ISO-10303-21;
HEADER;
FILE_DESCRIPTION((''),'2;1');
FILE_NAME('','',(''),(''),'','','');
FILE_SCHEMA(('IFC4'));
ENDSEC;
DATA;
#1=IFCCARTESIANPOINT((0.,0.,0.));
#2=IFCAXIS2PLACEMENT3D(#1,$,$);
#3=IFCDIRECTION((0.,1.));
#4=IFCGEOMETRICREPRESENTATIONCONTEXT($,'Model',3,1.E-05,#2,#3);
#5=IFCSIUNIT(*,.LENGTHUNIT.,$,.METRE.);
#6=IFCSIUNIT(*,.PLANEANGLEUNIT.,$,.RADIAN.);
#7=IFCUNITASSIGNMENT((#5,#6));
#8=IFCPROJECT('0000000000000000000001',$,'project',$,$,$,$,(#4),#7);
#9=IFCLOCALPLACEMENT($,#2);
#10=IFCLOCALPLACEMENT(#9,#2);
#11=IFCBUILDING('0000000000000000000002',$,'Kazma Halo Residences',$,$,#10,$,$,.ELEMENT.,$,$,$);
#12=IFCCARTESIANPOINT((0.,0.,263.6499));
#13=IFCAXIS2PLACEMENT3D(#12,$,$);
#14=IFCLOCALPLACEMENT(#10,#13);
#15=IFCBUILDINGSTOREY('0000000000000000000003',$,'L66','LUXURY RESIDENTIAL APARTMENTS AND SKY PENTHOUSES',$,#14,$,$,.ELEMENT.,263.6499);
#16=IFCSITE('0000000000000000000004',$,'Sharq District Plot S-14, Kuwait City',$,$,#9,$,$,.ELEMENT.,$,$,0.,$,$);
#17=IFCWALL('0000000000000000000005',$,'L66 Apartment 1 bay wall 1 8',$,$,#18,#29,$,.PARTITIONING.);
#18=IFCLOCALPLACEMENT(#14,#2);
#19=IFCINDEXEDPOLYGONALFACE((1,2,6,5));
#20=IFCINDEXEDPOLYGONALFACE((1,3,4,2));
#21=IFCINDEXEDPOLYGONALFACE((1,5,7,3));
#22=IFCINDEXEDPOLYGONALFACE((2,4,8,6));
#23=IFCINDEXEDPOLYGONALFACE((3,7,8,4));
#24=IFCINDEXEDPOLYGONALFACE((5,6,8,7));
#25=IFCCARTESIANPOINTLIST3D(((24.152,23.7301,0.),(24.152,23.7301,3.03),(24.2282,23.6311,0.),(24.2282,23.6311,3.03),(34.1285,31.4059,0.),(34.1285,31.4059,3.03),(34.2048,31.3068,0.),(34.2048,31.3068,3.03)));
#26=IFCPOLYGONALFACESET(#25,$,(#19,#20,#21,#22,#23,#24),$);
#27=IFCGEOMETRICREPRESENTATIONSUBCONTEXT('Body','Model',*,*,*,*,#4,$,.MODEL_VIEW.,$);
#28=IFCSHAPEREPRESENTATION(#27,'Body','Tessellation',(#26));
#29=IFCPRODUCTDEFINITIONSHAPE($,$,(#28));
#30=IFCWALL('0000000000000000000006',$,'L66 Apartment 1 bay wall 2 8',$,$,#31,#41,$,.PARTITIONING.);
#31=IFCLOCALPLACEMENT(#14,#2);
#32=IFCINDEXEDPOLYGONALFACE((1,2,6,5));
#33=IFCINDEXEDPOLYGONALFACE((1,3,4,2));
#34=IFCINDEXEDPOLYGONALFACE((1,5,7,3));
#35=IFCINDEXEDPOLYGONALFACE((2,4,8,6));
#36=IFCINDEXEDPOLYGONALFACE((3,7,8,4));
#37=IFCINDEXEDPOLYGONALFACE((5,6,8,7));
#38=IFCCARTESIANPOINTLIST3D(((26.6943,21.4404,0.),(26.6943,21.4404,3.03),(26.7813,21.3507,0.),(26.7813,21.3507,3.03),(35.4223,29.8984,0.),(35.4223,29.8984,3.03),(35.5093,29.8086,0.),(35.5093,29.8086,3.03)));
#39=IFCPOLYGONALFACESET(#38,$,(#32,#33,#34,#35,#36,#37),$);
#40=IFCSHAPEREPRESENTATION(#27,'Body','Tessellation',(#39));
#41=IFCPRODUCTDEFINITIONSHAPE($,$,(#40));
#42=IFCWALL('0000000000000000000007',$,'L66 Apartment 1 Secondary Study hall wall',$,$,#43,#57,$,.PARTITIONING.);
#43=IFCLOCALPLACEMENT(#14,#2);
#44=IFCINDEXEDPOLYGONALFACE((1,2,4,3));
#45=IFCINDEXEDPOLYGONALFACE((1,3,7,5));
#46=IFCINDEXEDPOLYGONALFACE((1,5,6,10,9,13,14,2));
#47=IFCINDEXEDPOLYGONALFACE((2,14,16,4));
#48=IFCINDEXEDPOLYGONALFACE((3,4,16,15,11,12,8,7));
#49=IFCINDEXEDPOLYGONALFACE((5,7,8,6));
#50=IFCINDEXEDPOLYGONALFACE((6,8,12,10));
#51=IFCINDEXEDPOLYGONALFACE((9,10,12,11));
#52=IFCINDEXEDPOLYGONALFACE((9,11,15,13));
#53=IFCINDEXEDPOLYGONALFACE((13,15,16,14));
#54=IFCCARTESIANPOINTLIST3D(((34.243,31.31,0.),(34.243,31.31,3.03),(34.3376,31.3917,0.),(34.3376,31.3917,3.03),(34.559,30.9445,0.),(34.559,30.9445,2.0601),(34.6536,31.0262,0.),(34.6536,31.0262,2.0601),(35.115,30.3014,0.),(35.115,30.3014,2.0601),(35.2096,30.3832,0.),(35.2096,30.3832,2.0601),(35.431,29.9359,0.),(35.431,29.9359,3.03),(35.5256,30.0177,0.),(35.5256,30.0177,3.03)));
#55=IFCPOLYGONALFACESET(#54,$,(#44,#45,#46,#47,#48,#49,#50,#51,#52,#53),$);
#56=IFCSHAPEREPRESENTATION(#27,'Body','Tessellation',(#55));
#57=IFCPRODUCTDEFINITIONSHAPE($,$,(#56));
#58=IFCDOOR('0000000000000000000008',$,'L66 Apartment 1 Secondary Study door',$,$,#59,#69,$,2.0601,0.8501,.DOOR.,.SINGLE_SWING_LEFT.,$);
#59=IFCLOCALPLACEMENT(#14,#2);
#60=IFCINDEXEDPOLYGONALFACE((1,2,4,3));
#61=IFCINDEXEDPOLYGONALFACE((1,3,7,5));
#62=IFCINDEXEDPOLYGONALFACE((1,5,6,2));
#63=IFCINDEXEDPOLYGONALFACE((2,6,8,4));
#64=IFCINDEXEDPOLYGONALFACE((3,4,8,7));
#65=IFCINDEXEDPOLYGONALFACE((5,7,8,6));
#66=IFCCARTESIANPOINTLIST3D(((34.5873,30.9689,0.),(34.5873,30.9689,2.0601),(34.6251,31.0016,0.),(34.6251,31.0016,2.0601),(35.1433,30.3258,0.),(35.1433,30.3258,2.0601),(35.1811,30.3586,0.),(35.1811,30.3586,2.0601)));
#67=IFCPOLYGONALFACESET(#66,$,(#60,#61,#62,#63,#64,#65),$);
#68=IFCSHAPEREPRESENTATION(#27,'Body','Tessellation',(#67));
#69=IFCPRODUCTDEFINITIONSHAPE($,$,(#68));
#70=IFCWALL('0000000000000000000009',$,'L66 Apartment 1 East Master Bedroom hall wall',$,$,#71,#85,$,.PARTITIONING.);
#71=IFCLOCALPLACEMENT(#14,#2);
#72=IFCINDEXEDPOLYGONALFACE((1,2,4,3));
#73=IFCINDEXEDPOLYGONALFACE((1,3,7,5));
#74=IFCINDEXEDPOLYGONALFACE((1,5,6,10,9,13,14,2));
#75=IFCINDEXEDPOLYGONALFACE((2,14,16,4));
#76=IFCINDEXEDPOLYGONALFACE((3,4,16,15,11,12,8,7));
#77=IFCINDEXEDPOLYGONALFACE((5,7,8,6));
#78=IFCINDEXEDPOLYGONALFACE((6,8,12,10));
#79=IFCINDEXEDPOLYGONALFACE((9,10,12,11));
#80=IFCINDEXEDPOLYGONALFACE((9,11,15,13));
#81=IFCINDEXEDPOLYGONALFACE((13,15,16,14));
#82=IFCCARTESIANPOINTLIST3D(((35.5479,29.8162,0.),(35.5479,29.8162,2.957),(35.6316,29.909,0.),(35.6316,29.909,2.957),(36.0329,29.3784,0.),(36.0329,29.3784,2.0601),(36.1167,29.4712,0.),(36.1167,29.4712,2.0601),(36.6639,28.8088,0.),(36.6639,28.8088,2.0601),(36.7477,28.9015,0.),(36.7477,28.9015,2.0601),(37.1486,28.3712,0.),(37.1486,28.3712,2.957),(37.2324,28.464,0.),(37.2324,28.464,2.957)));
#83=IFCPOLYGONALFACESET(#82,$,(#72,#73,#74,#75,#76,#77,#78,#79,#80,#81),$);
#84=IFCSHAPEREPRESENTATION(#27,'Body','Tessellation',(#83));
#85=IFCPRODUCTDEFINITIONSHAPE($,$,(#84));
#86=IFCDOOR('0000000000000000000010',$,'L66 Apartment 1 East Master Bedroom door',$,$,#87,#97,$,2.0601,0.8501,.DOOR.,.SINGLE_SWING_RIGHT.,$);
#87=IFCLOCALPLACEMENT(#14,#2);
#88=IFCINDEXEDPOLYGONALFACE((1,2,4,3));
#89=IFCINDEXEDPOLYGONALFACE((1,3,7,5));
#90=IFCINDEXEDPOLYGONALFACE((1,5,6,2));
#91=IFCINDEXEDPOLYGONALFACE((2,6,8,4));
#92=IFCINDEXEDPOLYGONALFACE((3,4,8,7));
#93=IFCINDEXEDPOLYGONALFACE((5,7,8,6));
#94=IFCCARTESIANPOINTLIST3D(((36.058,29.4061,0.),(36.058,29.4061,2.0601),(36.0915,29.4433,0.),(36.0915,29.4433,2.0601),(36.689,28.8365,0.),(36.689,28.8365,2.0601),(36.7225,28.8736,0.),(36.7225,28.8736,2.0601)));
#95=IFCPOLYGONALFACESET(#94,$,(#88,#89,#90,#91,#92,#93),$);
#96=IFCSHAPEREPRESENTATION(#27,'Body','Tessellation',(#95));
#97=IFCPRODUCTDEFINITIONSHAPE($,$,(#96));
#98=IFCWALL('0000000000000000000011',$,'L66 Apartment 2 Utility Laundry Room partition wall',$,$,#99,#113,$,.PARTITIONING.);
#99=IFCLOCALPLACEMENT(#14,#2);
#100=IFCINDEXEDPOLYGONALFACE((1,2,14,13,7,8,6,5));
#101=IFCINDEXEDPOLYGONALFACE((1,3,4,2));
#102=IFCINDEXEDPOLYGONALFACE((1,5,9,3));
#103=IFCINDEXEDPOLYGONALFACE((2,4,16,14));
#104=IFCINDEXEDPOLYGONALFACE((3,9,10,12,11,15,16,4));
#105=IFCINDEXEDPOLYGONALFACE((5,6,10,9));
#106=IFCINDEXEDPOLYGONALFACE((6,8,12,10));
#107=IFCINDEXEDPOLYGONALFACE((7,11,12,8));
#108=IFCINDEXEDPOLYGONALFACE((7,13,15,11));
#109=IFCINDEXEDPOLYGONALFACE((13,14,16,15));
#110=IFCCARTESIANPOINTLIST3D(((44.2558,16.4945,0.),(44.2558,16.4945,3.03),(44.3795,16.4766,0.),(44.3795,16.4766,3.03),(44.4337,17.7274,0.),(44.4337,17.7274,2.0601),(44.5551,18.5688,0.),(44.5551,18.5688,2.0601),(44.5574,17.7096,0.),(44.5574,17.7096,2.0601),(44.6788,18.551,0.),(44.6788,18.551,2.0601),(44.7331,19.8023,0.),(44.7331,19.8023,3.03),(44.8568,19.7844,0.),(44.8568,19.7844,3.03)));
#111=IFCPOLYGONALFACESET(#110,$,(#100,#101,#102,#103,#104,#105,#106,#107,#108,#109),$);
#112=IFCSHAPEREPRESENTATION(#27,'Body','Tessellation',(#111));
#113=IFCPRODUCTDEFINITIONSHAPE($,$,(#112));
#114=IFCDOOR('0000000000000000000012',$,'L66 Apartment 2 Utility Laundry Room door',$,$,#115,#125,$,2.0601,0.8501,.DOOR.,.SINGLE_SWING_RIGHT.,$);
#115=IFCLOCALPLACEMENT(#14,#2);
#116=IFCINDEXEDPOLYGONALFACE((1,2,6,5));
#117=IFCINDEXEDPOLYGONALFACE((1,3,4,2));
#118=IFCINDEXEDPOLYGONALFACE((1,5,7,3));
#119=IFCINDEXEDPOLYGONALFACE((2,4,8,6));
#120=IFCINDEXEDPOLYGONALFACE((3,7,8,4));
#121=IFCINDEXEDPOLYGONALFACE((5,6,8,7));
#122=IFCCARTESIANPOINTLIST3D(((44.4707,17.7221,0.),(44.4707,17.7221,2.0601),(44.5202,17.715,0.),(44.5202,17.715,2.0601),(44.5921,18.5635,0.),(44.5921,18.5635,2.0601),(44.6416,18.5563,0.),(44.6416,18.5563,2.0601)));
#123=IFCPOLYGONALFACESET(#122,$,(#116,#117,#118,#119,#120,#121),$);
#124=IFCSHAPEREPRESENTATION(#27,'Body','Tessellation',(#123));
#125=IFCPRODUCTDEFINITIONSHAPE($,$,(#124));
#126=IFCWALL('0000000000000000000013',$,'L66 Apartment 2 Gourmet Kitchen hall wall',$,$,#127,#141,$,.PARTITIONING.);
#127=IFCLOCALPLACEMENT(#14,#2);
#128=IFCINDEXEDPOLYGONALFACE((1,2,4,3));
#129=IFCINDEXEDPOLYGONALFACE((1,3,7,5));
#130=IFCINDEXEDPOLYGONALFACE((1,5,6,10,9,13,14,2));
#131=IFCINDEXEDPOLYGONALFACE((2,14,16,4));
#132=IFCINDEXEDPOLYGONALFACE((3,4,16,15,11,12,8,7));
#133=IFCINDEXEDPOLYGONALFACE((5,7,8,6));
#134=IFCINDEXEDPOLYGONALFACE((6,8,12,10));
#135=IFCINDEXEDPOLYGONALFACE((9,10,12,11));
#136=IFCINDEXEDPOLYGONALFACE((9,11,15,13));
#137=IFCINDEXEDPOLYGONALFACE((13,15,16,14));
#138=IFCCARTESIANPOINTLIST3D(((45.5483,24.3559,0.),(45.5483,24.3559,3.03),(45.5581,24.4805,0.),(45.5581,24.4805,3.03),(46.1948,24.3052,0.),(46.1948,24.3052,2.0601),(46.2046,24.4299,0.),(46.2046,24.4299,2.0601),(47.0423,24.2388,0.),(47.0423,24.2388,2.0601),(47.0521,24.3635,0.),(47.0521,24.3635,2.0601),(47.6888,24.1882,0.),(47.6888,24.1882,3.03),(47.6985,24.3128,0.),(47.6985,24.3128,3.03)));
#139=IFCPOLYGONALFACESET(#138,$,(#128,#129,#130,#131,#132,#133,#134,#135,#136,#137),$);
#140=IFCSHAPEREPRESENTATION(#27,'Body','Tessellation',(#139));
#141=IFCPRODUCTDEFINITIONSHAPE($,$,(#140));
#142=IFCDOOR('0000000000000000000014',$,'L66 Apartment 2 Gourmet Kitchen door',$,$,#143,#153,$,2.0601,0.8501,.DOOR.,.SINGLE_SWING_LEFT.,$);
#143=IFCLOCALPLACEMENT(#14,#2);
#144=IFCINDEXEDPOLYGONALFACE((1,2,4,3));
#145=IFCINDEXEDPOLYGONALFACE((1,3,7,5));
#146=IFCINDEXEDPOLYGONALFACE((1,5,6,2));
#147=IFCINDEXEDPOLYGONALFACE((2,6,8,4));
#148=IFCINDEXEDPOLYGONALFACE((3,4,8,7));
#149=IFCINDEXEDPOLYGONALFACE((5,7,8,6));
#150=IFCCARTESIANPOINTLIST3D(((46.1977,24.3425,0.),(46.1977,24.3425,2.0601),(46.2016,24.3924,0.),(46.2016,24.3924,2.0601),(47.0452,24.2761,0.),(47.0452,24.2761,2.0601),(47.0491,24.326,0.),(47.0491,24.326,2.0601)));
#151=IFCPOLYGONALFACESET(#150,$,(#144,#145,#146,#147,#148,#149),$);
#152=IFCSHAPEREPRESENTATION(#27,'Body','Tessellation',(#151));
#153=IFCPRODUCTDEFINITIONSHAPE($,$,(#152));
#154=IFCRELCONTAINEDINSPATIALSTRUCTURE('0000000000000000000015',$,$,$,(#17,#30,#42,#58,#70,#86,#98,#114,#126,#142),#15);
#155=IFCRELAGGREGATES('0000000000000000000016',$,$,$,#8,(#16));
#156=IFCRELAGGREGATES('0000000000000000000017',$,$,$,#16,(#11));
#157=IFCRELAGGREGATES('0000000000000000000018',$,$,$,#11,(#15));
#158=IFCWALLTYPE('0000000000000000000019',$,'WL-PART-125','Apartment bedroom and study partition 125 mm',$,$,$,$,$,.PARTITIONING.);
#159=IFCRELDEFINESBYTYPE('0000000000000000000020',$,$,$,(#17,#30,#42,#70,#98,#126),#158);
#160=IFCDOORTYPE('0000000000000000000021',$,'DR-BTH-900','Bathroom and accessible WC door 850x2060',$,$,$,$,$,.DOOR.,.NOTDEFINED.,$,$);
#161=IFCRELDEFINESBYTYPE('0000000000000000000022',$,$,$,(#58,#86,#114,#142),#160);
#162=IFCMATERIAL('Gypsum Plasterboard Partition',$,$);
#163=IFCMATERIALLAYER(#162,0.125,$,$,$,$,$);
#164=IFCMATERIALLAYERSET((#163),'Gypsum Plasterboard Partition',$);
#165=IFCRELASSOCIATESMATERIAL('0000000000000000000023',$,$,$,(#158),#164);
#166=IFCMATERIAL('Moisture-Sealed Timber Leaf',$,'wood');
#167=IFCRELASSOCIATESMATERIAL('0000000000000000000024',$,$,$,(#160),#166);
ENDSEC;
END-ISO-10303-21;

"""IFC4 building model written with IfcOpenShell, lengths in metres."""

from ifc_helpers import new_model, si_unit, direction, frame, frame_2d, origin, place, context, subcontext, project, spatial, rectangle, extrude, material, layer, layer_set, type_object, element, fill, save


model = new_model("IFC4")

# Units and contexts
model_context = context("Model", 3, precision=1e-05, world=origin(), true_north=direction((0.0, 1.0)))
body_context = subcontext(model_context, "Body", "Model", "MODEL_VIEW")
ifc_project = project(units=[si_unit("LENGTHUNIT", "METRE"), si_unit("PLANEANGLEUNIT", "RADIAN")], contexts=[model_context])

# Site, building, storey
site_placement = place(None, origin())
site = spatial("IfcSite", under=ifc_project, at=site_placement, Name="Sharq District Plot S-14, Kuwait City", CompositionType="ELEMENT", RefElevation=0.0)
building_placement = place(site_placement, origin())
building = spatial("IfcBuilding", under=site, at=building_placement, Name="Kazma Halo Residences", CompositionType="ELEMENT")
storey_placement = place(building_placement, frame((0.0, 0.0, 263.6499)))
storey = spatial("IfcBuildingStorey", under=building, at=storey_placement, Name="L66", Description="LUXURY RESIDENTIAL APARTMENTS AND SKY PENTHOUSES", CompositionType="ELEMENT", Elevation=263.6499)

# Walls
ifc_material_1 = material(Name="Gypsum Plasterboard Partition")
ifc_layer_1 = layer(ifc_material_1, 0.125)
ifc_layer_set_1 = layer_set([ifc_layer_1], Name="Gypsum Plasterboard Partition")
wall_type_1 = type_object("IfcWallType", Name="WL-PART-125", Description="Apartment bedroom and study partition 125 mm", PredefinedType="PARTITIONING", material=ifc_layer_set_1)
wall_1_placement = place(storey_placement, frame((34.1667, 31.3564, 0.0), z_axis=(0.0, 0.0, 1.0), x_axis=(-0.792566, -0.609786, 0.0)))
element("IfcWall", 1, at=wall_1_placement, inside=storey, type_object=wall_type_1, Name="L66 Apartment 1 bay wall 1 8", PredefinedType="PARTITIONING", context=body_context, shape_type="SweptSolid", body=[
    extrude(rectangle(XDim=12.5876, YDim=0.125, at=frame_2d((6.2939, 0.0))), origin(), (0.0, 0.0, 1.0), 3.03),
])
wall_2_placement = place(storey_placement, frame((35.4658, 29.8535, 0.0), z_axis=(0.0, 0.0, 1.0), x_axis=(-0.718128, -0.695911, 0.0)))
element("IfcWall", 2, at=wall_2_placement, inside=storey, type_object=wall_type_1, Name="L66 Apartment 1 bay wall 2 8", PredefinedType="PARTITIONING", context=body_context, shape_type="SweptSolid", body=[
    extrude(rectangle(XDim=12.1538, YDim=0.125, at=frame_2d((6.0769, 0.0))), origin(), (0.0, 0.0, 1.0), 3.03),
])

# Walls, openings, doors
wall_3_placement = place(storey_placement, frame((34.2903, 31.3508, 0.0), z_axis=(0.0, 0.0, 1.0), x_axis=(0.65404, -0.75646, 0.0)))
wall_3 = element("IfcWall", 3, at=wall_3_placement, inside=storey, type_object=wall_type_1, Name="L66 Apartment 1 Secondary Study hall wall", PredefinedType="PARTITIONING", context=body_context, shape_type="SweptSolid", body=[
    extrude(rectangle(XDim=1.8164, YDim=0.125, at=frame_2d((0.9082, 0.0))), origin(), (0.0, 0.0, 1.0), 3.03),
])
opening_1_placement = place(wall_3_placement, frame((0.4832, 0.0, 0.0)))
opening_1 = element("IfcOpeningElement", 4, at=opening_1_placement, cuts=wall_3, PredefinedType="OPENING", context=body_context, shape_type="SweptSolid", body=[
    extrude(rectangle(XDim=0.8501, YDim=2.0601, at=frame_2d((0.425, 1.03))), frame((0.0, 0.0725, 0.0), z_axis=(0.0, -1.0, 0.0), x_axis=(1.0, 0.0, 0.0)), (0.0, 0.0, 1.0), 0.145),
])
ifc_material_2 = material(Name="Moisture-Sealed Timber Leaf", Category="wood")
door_type = type_object("IfcDoorType", Name="DR-BTH-900", Description="Bathroom and accessible WC door 850x2060", OperationType="NOTDEFINED", PredefinedType="DOOR", material=ifc_material_2)
door_1_placement = place(opening_1_placement, origin())
door_1 = element("IfcDoor", 5, at=door_1_placement, inside=storey, type_object=door_type, Name="L66 Apartment 1 Secondary Study door", OperationType="SINGLE_SWING_LEFT", OverallHeight=2.0601, OverallWidth=0.8501, PredefinedType="DOOR", context=body_context, shape_type="SweptSolid", body=[
    extrude(rectangle(XDim=0.8501, YDim=2.0601, at=frame_2d((0.425, 1.03))), frame((0.0, 0.0249, 0.0), z_axis=(0.0, -1.0, 0.0), x_axis=(1.0, 0.0, 0.0)), (0.0, 0.0, 1.0), 0.05),
])
fill(opening_1, door_1)
wall_4_placement = place(storey_placement, frame((35.5898, 29.8625, 0.0), z_axis=(0.0, 0.0, 1.0), x_axis=(0.742297, -0.670071, 0.0)))
wall_4 = element("IfcWall", 6, at=wall_4_placement, inside=storey, type_object=wall_type_1, Name="L66 Apartment 1 East Master Bedroom hall wall", PredefinedType="PARTITIONING", context=body_context, shape_type="SweptSolid", body=[
    extrude(rectangle(XDim=2.1565, YDim=0.125, at=frame_2d((1.0781, 0.0))), origin(), (0.0, 0.0, 1.0), 2.957),
])
opening_2_placement = place(wall_4_placement, frame((0.6533, 0.0, 0.0)))
opening_2 = element("IfcOpeningElement", 7, at=opening_2_placement, cuts=wall_4, PredefinedType="OPENING", context=body_context, shape_type="SweptSolid", body=[
    extrude(rectangle(XDim=0.8501, YDim=2.0601, at=frame_2d((0.425, 1.03))), frame((0.0, 0.0725, 0.0), z_axis=(0.0, -1.0, 0.0), x_axis=(1.0, 0.0, 0.0)), (0.0, 0.0, 1.0), 0.145),
])
door_2_placement = place(opening_2_placement, origin())
door_2 = element("IfcDoor", 8, at=door_2_placement, inside=storey, type_object=door_type, Name="L66 Apartment 1 East Master Bedroom door", OperationType="SINGLE_SWING_RIGHT", OverallHeight=2.0601, OverallWidth=0.8501, PredefinedType="DOOR", context=body_context, shape_type="SweptSolid", body=[
    extrude(rectangle(XDim=0.8501, YDim=2.0601, at=frame_2d((0.425, 1.03))), frame((0.0, 0.0249, 0.0), z_axis=(0.0, -1.0, 0.0), x_axis=(1.0, 0.0, 0.0)), (0.0, 0.0, 1.0), 0.05),
])
fill(opening_2, door_2)
wall_5_placement = place(storey_placement, frame((44.7949, 19.7932, 0.0), z_axis=(0.0, 0.0, 1.0), x_axis=(-0.142812, -0.98975, 0.0)))
wall_5 = element("IfcWall", 9, at=wall_5_placement, inside=storey, type_object=wall_type_1, Name="L66 Apartment 2 Utility Laundry Room partition wall", PredefinedType="PARTITIONING", context=body_context, shape_type="SweptSolid", body=[
    extrude(rectangle(XDim=3.342, YDim=0.125, at=frame_2d((1.6709, 0.0))), origin(), (0.0, 0.0, 1.0), 3.03),
])
opening_3_placement = place(wall_5_placement, frame((1.2461, 0.0, 0.0)))
opening_3 = element("IfcOpeningElement", 10, at=opening_3_placement, cuts=wall_5, PredefinedType="OPENING", context=body_context, shape_type="SweptSolid", body=[
    extrude(rectangle(XDim=0.8501, YDim=2.0601, at=frame_2d((0.425, 1.03))), frame((0.0, 0.0725, 0.0), z_axis=(0.0, -1.0, 0.0), x_axis=(1.0, 0.0, 0.0)), (0.0, 0.0, 1.0), 0.145),
])
door_3_placement = place(opening_3_placement, origin())
door_3 = element("IfcDoor", 11, at=door_3_placement, inside=storey, type_object=door_type, Name="L66 Apartment 2 Utility Laundry Room door", OperationType="SINGLE_SWING_RIGHT", OverallHeight=2.0601, OverallWidth=0.8501, PredefinedType="DOOR", context=body_context, shape_type="SweptSolid", body=[
    extrude(rectangle(XDim=0.8501, YDim=2.0601, at=frame_2d((0.425, 1.03))), frame((0.0, 0.0249, 0.0), z_axis=(0.0, -1.0, 0.0), x_axis=(1.0, 0.0, 0.0)), (0.0, 0.0, 1.0), 0.05),
])
fill(opening_3, door_3)
wall_6_placement = place(storey_placement, frame((45.5532, 24.4182, 0.0), z_axis=(0.0, 0.0, 1.0), x_axis=(0.996944, -0.078123, 0.0)))
wall_6 = element("IfcWall", 12, at=wall_6_placement, inside=storey, type_object=wall_type_1, Name="L66 Apartment 2 Gourmet Kitchen hall wall", PredefinedType="PARTITIONING", context=body_context, shape_type="SweptSolid", body=[
    extrude(rectangle(XDim=2.147, YDim=0.125, at=frame_2d((1.0735, 0.0))), origin(), (0.0, 0.0, 1.0), 3.03),
])
opening_4_placement = place(wall_6_placement, frame((0.6484, 0.0, 0.0)))
opening_4 = element("IfcOpeningElement", 13, at=opening_4_placement, cuts=wall_6, PredefinedType="OPENING", context=body_context, shape_type="SweptSolid", body=[
    extrude(rectangle(XDim=0.8501, YDim=2.0601, at=frame_2d((0.425, 1.03))), frame((0.0, 0.0725, 0.0), z_axis=(0.0, -1.0, 0.0), x_axis=(1.0, 0.0, 0.0)), (0.0, 0.0, 1.0), 0.145),
])
door_4_placement = place(opening_4_placement, origin())
door_4 = element("IfcDoor", 14, at=door_4_placement, inside=storey, type_object=door_type, Name="L66 Apartment 2 Gourmet Kitchen door", OperationType="SINGLE_SWING_LEFT", OverallHeight=2.0601, OverallWidth=0.8501, PredefinedType="DOOR", context=body_context, shape_type="SweptSolid", body=[
    extrude(rectangle(XDim=0.8501, YDim=2.0601, at=frame_2d((0.425, 1.03))), frame((0.0, 0.0249, 0.0), z_axis=(0.0, -1.0, 0.0), x_axis=(1.0, 0.0, 0.0)), (0.0, 0.0, 1.0), 0.05),
])
fill(opening_4, door_4)

save(model, "model.ifc")
